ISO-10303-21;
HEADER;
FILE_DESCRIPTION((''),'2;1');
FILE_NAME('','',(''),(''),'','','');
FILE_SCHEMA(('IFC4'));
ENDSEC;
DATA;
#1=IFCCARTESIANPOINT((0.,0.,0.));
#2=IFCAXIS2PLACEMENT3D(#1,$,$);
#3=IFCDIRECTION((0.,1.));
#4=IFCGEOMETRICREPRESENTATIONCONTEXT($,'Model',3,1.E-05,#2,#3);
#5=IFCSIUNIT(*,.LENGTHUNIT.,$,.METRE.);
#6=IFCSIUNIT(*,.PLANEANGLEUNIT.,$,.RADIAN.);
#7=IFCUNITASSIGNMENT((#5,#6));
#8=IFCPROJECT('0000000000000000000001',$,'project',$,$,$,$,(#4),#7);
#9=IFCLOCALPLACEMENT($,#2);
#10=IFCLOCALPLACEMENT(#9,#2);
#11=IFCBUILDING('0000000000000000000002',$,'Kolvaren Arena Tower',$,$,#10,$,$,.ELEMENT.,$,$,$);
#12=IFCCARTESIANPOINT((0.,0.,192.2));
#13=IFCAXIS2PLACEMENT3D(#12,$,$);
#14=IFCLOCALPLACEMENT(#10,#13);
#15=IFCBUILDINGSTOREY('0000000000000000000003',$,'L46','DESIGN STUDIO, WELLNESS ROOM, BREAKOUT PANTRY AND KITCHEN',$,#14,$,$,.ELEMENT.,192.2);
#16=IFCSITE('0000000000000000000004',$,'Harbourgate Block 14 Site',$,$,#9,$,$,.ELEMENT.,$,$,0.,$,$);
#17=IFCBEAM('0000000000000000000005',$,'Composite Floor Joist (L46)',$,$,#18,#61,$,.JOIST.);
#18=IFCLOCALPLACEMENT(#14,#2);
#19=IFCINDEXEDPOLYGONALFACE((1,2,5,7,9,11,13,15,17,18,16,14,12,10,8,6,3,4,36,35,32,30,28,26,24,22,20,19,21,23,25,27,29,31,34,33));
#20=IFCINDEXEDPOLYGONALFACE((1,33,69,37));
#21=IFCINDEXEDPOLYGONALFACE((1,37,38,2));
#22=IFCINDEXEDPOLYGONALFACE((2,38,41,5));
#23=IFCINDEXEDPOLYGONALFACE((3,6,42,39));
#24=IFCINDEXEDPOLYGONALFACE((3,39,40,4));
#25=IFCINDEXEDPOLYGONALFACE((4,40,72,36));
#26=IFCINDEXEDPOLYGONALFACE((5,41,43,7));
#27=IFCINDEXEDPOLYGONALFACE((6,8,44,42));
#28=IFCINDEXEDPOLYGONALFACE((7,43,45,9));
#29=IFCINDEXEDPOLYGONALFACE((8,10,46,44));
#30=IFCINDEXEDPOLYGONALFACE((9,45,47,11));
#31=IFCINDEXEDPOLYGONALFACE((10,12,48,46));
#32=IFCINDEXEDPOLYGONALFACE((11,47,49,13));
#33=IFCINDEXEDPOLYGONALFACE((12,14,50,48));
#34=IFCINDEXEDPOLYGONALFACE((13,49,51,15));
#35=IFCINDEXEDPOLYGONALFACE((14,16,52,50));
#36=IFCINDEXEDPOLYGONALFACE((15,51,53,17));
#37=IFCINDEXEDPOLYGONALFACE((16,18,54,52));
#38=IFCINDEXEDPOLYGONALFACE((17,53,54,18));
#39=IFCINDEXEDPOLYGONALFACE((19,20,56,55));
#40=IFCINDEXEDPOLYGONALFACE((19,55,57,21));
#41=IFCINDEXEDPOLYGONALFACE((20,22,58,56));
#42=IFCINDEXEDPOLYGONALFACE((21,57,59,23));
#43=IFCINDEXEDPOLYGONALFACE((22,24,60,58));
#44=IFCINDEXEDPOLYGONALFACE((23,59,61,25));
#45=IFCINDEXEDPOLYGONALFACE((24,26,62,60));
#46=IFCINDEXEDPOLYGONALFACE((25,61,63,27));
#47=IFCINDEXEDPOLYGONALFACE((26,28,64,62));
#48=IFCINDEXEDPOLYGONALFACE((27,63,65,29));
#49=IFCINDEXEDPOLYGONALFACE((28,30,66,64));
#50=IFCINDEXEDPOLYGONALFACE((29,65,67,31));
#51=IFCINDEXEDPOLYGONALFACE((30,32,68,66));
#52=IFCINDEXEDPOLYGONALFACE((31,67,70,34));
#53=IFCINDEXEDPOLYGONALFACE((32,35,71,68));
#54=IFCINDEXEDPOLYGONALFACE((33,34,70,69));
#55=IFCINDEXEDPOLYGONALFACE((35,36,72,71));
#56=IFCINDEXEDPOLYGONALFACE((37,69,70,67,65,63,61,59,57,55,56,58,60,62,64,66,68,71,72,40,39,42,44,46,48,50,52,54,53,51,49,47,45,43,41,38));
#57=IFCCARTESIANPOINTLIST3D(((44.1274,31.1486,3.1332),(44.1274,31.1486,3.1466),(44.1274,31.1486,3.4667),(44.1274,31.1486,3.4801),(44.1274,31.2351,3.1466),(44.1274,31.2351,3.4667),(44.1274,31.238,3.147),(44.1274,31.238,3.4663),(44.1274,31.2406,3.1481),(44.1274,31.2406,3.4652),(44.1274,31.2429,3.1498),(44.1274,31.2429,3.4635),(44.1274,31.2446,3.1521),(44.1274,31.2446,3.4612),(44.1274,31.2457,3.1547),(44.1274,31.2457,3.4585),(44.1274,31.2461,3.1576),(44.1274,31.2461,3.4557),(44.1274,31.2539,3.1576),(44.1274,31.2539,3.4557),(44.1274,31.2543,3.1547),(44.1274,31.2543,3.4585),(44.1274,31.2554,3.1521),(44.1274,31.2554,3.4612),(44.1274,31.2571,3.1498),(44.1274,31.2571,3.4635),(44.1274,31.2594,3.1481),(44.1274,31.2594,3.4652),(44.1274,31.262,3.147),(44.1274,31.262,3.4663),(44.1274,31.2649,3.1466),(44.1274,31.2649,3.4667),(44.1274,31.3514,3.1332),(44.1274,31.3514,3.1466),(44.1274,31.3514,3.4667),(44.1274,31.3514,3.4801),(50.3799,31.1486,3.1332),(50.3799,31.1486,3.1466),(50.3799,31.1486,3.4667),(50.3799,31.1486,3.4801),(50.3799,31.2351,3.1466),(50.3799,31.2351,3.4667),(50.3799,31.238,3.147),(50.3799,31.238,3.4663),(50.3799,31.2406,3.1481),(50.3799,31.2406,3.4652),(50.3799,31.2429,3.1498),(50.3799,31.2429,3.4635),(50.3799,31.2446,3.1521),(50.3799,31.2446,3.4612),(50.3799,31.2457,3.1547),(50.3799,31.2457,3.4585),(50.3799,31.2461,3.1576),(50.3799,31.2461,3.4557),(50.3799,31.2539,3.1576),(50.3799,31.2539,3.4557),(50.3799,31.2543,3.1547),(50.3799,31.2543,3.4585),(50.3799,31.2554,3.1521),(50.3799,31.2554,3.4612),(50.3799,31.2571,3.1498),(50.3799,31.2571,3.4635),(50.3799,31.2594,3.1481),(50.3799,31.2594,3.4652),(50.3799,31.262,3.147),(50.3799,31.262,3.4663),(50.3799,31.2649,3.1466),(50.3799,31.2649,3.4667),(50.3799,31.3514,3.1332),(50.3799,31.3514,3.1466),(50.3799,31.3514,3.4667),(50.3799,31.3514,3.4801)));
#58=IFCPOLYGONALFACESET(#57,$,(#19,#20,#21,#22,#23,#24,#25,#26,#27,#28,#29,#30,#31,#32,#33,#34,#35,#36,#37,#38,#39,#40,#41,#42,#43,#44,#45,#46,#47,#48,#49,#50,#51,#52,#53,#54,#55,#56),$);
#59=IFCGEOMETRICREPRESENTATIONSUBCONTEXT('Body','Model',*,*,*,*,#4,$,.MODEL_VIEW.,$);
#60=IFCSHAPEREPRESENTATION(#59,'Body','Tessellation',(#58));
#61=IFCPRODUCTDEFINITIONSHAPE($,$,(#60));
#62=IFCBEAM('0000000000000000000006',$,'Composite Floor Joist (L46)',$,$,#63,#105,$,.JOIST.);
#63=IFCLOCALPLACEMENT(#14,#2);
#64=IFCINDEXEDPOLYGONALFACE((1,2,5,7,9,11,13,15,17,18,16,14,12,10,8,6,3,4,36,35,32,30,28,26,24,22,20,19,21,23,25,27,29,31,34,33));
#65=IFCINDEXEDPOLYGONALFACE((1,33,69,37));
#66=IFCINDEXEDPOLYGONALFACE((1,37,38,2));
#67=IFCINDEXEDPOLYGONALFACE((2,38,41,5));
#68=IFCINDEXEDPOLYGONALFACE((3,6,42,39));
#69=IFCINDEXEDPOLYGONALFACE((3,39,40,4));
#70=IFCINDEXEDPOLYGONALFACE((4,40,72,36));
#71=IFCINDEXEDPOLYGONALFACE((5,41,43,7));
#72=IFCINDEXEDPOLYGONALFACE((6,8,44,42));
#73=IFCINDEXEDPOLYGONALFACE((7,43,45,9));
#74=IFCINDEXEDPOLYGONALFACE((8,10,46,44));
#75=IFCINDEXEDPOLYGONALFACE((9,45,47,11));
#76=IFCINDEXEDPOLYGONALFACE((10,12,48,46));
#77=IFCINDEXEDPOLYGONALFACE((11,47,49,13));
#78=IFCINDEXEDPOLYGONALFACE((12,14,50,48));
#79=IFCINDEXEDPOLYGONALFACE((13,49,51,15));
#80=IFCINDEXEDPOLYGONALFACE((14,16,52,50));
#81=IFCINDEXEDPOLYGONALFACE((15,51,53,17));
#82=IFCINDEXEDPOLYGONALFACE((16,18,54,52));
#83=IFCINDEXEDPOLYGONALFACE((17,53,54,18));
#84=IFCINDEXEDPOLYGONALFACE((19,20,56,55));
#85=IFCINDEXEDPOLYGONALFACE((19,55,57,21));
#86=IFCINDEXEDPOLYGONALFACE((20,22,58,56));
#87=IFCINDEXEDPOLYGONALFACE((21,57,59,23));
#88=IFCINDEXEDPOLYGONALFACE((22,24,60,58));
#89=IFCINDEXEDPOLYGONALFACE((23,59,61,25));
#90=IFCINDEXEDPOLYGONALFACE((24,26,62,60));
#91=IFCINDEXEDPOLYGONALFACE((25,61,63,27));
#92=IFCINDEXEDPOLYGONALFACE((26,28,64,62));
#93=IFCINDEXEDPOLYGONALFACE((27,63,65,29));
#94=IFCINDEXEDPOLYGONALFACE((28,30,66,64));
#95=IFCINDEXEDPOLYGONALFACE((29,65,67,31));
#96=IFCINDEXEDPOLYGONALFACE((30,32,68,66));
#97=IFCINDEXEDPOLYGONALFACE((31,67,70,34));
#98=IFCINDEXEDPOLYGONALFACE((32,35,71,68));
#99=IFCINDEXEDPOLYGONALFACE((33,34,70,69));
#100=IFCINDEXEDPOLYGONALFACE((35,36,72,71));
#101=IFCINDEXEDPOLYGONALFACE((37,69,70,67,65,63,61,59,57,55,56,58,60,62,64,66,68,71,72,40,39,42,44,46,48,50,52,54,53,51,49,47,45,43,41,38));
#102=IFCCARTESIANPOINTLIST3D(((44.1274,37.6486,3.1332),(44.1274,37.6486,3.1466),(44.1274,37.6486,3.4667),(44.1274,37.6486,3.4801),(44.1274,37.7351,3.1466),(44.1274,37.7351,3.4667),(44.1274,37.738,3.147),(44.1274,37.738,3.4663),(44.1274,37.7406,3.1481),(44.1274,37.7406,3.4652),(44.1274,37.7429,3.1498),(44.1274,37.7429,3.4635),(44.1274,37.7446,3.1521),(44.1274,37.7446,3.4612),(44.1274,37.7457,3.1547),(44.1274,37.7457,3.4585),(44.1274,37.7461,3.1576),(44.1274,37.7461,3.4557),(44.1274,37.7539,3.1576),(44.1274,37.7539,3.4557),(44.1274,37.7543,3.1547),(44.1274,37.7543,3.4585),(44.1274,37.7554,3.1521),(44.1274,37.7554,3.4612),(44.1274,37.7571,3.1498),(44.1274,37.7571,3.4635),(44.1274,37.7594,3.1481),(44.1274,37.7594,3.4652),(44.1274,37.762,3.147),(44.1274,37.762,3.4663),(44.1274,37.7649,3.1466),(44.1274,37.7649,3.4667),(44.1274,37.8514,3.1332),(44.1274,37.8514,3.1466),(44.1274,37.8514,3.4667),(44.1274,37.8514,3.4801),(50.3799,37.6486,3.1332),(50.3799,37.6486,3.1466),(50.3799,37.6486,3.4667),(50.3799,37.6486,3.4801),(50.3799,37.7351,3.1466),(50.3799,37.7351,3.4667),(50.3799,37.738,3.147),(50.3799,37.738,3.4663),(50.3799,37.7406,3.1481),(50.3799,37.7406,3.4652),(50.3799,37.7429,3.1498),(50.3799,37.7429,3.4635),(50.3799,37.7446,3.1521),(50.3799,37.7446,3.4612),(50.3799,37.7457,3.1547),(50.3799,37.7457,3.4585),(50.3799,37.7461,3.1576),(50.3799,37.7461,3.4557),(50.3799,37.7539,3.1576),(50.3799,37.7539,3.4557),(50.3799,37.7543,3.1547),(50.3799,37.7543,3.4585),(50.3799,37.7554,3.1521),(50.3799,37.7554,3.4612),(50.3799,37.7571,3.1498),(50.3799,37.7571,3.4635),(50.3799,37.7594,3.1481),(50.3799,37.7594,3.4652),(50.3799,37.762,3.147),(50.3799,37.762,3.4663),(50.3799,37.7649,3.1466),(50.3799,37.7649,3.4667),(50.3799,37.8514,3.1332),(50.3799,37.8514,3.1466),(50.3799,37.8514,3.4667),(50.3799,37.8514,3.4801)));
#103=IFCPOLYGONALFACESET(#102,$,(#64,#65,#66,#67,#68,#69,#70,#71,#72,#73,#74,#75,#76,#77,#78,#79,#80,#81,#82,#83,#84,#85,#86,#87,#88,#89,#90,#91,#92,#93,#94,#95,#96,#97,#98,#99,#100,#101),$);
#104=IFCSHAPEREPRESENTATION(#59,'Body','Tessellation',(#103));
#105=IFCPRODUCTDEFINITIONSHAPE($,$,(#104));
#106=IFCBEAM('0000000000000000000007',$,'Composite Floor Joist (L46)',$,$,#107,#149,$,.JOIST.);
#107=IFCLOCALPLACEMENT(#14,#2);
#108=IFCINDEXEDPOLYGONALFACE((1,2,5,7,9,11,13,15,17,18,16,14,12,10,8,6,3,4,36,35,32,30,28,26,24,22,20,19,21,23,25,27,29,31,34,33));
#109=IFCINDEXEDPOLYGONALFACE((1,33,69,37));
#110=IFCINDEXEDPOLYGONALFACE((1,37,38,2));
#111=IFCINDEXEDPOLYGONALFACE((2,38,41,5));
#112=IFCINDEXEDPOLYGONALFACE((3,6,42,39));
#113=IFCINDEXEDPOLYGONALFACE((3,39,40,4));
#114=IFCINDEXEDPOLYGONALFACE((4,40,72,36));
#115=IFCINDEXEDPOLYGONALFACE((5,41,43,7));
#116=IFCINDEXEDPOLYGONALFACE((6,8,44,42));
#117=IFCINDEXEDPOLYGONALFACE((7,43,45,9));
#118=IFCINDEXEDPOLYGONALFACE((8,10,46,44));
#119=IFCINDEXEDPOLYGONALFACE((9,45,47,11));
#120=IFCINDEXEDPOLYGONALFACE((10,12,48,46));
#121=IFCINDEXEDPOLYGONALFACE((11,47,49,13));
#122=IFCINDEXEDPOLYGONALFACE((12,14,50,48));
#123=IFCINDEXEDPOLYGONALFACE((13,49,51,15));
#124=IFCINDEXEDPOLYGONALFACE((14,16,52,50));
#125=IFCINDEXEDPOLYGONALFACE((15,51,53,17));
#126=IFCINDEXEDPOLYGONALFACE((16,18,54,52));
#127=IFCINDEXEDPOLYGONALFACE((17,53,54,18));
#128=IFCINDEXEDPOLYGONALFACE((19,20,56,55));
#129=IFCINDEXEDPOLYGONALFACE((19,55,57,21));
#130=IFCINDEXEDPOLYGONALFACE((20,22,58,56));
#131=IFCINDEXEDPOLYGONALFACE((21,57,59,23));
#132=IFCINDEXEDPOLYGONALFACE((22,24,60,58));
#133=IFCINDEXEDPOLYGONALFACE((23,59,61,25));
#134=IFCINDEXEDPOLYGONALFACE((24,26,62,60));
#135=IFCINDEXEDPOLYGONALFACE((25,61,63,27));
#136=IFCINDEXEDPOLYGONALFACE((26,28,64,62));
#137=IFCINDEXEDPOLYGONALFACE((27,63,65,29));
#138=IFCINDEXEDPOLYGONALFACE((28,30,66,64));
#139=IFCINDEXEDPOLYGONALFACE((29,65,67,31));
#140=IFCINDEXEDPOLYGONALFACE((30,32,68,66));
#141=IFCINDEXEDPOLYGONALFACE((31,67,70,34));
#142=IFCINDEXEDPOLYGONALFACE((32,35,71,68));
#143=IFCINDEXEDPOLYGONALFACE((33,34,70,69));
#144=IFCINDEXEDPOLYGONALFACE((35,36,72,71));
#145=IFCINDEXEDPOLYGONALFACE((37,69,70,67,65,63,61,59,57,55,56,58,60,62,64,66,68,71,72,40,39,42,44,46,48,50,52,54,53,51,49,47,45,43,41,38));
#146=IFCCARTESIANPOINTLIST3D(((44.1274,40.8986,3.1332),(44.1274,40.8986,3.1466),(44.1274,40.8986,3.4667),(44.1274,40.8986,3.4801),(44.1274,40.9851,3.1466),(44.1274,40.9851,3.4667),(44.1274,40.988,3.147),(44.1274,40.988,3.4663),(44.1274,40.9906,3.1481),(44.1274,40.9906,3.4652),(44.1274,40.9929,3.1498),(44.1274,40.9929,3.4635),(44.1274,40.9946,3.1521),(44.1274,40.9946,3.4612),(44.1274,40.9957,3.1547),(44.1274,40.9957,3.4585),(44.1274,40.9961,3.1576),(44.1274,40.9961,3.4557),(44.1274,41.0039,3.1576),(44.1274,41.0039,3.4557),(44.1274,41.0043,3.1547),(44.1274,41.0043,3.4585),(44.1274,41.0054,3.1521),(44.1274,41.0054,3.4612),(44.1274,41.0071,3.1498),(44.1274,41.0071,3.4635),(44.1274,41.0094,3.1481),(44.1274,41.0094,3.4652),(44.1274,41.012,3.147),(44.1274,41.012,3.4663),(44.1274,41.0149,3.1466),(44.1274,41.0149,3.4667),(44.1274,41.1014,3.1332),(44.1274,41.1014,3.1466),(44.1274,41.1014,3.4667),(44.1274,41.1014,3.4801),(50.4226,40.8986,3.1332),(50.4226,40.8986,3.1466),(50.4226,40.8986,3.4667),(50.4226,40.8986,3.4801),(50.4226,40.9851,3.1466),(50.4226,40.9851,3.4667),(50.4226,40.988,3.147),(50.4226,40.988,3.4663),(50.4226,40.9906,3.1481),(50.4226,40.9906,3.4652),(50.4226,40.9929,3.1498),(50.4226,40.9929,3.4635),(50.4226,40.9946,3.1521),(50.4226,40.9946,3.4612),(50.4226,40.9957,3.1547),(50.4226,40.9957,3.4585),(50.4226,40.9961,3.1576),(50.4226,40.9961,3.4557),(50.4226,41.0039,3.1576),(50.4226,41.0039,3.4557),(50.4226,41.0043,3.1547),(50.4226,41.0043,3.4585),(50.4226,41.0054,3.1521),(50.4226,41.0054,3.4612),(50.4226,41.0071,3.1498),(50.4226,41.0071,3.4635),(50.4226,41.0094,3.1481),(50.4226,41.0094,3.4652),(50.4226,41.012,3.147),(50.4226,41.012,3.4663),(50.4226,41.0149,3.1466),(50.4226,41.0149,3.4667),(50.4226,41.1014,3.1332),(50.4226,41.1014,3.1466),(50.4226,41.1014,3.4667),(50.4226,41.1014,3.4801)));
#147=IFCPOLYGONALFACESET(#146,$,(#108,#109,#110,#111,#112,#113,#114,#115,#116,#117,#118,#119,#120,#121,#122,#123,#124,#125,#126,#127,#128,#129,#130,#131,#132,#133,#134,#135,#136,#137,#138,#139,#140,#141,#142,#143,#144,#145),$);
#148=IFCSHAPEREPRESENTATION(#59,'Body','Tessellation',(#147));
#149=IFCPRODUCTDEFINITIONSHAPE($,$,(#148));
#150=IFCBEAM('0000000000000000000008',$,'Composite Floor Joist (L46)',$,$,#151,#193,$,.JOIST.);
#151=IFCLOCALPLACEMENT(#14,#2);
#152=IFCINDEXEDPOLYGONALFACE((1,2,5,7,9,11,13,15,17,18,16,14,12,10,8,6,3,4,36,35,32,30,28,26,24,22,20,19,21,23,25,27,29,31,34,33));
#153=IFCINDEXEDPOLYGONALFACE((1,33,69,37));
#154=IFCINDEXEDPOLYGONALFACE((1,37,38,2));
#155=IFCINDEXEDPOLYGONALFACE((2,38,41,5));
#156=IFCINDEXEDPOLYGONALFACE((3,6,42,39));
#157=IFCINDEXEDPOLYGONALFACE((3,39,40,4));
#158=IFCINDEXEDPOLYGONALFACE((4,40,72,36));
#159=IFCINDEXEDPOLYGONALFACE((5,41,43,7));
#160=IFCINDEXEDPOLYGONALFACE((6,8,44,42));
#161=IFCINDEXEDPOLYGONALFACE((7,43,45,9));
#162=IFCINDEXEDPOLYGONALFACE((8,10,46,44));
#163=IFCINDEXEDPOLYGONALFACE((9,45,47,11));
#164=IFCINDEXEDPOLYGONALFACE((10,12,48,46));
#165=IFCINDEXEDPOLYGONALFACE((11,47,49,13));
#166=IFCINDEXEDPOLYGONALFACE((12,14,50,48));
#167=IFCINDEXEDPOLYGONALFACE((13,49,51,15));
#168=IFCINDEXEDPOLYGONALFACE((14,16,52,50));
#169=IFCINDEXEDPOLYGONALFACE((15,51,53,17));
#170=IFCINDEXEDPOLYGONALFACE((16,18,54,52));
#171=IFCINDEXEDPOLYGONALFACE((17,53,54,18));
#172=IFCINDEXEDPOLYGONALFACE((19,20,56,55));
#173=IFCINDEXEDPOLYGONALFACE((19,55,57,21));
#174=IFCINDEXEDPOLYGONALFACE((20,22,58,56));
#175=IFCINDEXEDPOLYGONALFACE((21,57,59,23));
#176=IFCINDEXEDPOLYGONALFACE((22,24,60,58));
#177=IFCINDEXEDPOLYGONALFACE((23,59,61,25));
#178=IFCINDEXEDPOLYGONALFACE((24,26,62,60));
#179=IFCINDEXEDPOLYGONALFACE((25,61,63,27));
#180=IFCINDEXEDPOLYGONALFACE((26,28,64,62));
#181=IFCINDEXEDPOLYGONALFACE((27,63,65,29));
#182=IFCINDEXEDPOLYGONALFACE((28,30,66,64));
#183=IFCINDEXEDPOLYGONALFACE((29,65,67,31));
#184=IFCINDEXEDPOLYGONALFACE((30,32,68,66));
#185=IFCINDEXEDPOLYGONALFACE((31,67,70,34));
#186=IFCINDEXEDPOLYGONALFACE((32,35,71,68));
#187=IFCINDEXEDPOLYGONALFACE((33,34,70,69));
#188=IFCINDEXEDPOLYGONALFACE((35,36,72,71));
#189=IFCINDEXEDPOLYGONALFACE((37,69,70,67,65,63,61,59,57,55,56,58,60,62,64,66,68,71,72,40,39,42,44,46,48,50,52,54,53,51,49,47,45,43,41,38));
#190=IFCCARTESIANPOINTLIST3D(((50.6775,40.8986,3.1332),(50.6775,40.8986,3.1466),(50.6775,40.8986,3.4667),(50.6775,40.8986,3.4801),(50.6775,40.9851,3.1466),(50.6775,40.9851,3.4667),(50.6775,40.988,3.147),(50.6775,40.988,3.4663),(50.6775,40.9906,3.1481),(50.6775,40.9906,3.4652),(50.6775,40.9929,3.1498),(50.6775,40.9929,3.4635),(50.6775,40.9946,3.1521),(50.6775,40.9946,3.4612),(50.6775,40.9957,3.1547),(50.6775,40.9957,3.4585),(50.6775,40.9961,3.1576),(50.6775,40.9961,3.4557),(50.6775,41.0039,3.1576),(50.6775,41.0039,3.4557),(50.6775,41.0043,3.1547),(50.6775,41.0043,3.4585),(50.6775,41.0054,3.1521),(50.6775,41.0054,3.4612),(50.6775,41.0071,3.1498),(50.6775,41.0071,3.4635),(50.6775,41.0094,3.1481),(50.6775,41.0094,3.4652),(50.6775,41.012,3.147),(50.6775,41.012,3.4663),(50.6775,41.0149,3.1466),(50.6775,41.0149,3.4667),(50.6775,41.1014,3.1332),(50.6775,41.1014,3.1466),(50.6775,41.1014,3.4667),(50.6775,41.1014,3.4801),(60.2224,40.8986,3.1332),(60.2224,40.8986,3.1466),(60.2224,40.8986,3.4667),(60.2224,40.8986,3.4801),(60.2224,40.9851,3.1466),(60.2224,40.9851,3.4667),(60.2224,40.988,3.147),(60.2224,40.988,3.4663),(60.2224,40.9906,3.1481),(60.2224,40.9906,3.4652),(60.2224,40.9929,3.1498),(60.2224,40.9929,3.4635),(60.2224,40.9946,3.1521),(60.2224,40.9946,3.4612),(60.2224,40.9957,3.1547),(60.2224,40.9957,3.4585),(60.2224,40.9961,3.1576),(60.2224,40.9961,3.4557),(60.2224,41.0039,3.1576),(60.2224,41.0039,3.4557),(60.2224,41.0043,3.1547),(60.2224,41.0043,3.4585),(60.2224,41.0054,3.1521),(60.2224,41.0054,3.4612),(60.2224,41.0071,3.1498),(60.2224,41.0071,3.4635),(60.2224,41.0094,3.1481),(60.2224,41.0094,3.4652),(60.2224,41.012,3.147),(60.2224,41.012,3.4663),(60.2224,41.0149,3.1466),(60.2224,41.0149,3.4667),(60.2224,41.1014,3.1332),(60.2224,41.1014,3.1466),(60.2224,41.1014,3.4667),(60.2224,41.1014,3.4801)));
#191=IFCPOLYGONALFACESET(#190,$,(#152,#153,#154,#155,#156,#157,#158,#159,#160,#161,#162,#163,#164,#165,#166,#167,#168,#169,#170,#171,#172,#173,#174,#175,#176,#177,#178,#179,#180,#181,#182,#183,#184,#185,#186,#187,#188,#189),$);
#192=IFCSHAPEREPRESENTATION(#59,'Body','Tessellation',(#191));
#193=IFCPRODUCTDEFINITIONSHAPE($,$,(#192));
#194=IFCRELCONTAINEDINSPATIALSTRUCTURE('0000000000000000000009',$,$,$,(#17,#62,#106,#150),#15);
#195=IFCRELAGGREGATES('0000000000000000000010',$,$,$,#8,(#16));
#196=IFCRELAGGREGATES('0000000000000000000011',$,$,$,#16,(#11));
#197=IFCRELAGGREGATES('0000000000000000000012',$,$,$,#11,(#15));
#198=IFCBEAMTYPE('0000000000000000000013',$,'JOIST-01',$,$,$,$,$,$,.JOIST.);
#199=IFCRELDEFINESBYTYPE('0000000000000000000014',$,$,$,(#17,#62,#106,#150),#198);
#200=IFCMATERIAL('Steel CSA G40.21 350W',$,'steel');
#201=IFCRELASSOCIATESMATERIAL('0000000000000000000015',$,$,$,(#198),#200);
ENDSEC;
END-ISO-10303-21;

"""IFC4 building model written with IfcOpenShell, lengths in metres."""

from ifc_helpers import new_model, si_unit, direction, frame, origin, origin_2d, place, context, subcontext, project, spatial, i_section, extrude, material, material_profile, profile_set, type_object, element, save


model = new_model("IFC4")

# Units and contexts
model_context = context("Model", 3, precision=1e-05, world=origin(), true_north=direction((0.0, 1.0)))
body_context = subcontext(model_context, "Body", "Model", "MODEL_VIEW")
ifc_project = project(units=[si_unit("LENGTHUNIT", "METRE"), si_unit("PLANEANGLEUNIT", "RADIAN")], contexts=[model_context])

# Site, building, storey
site_placement = place(None, origin())
site = spatial("IfcSite", under=ifc_project, at=site_placement, Name="Harbourgate Block 14 Site", CompositionType="ELEMENT", RefElevation=0.0)
building_placement = place(site_placement, origin())
building = spatial("IfcBuilding", under=site, at=building_placement, Name="Kolvaren Arena Tower", CompositionType="ELEMENT")
storey_placement = place(building_placement, frame((0.0, 0.0, 192.2)))
storey = spatial("IfcBuildingStorey", under=building, at=storey_placement, Name="L46", Description="DESIGN STUDIO, WELLNESS ROOM, BREAKOUT PANTRY AND KITCHEN", CompositionType="ELEMENT", Elevation=192.2)

# Beams
ifc_material_1 = material(Name="Steel CSA G40.21 350W", Category="steel")
ifc_material_profile_1 = material_profile(ifc_material_1, i_section(OverallWidth=0.2029, OverallDepth=0.3469, WebThickness=0.0078, FlangeThickness=0.0134, FilletRadius=0.011, at=origin_2d()), Name="W360x64")
ifc_profile_set_1 = profile_set([ifc_material_profile_1], Name="Steel CSA G40.21 350W")
beam_type_1 = type_object("IfcBeamType", Name="JOIST-01", PredefinedType="JOIST", material=ifc_profile_set_1)
for number, where, z_axis, x_axis, name in (
    (1, (44.1274, 31.25, 3.3066), (1.0, 0.0, 0.0), (0.0, 1.0, 0.0), "Composite Floor Joist (L46)"),
    (2, (44.1274, 37.75, 3.3066), (1.0, 0.0, 0.0), (0.0, 1.0, 0.0), "Composite Floor Joist (L46)"),
):
    element("IfcBeam", number, at=place(storey_placement, frame(where, z_axis=z_axis, x_axis=x_axis)), inside=storey, type_object=beam_type_1, Name=name, PredefinedType="JOIST", context=body_context, shape_type="SweptSolid", body=[
        extrude(i_section(OverallWidth=0.2029, OverallDepth=0.3469, WebThickness=0.0078, FlangeThickness=0.0134, FilletRadius=0.011, at=origin_2d()), origin(), (0.0, 0.0, 1.0), 6.2524),
    ])
beam_1_placement = place(storey_placement, frame((44.1274, 41.0, 3.3066), z_axis=(1.0, 0.0, 0.0), x_axis=(0.0, 1.0, 0.0)))
element("IfcBeam", 3, at=beam_1_placement, inside=storey, type_object=beam_type_1, Name="Composite Floor Joist (L46)", PredefinedType="JOIST", context=body_context, shape_type="SweptSolid", body=[
    extrude(i_section(OverallWidth=0.2029, OverallDepth=0.3469, WebThickness=0.0078, FlangeThickness=0.0134, FilletRadius=0.011, at=origin_2d()), origin(), (0.0, 0.0, 1.0), 6.2952),
])
beam_2_placement = place(storey_placement, frame((50.6775, 41.0, 3.3066), z_axis=(1.0, 0.0, 0.0), x_axis=(0.0, 1.0, 0.0)))
element("IfcBeam", 4, at=beam_2_placement, inside=storey, type_object=beam_type_1, Name="Composite Floor Joist (L46)", PredefinedType="JOIST", context=body_context, shape_type="SweptSolid", body=[
    extrude(i_section(OverallWidth=0.2029, OverallDepth=0.3469, WebThickness=0.0078, FlangeThickness=0.0134, FilletRadius=0.011, at=origin_2d()), origin(), (0.0, 0.0, 1.0), 9.5449),
])

save(model, "model.ifc")
